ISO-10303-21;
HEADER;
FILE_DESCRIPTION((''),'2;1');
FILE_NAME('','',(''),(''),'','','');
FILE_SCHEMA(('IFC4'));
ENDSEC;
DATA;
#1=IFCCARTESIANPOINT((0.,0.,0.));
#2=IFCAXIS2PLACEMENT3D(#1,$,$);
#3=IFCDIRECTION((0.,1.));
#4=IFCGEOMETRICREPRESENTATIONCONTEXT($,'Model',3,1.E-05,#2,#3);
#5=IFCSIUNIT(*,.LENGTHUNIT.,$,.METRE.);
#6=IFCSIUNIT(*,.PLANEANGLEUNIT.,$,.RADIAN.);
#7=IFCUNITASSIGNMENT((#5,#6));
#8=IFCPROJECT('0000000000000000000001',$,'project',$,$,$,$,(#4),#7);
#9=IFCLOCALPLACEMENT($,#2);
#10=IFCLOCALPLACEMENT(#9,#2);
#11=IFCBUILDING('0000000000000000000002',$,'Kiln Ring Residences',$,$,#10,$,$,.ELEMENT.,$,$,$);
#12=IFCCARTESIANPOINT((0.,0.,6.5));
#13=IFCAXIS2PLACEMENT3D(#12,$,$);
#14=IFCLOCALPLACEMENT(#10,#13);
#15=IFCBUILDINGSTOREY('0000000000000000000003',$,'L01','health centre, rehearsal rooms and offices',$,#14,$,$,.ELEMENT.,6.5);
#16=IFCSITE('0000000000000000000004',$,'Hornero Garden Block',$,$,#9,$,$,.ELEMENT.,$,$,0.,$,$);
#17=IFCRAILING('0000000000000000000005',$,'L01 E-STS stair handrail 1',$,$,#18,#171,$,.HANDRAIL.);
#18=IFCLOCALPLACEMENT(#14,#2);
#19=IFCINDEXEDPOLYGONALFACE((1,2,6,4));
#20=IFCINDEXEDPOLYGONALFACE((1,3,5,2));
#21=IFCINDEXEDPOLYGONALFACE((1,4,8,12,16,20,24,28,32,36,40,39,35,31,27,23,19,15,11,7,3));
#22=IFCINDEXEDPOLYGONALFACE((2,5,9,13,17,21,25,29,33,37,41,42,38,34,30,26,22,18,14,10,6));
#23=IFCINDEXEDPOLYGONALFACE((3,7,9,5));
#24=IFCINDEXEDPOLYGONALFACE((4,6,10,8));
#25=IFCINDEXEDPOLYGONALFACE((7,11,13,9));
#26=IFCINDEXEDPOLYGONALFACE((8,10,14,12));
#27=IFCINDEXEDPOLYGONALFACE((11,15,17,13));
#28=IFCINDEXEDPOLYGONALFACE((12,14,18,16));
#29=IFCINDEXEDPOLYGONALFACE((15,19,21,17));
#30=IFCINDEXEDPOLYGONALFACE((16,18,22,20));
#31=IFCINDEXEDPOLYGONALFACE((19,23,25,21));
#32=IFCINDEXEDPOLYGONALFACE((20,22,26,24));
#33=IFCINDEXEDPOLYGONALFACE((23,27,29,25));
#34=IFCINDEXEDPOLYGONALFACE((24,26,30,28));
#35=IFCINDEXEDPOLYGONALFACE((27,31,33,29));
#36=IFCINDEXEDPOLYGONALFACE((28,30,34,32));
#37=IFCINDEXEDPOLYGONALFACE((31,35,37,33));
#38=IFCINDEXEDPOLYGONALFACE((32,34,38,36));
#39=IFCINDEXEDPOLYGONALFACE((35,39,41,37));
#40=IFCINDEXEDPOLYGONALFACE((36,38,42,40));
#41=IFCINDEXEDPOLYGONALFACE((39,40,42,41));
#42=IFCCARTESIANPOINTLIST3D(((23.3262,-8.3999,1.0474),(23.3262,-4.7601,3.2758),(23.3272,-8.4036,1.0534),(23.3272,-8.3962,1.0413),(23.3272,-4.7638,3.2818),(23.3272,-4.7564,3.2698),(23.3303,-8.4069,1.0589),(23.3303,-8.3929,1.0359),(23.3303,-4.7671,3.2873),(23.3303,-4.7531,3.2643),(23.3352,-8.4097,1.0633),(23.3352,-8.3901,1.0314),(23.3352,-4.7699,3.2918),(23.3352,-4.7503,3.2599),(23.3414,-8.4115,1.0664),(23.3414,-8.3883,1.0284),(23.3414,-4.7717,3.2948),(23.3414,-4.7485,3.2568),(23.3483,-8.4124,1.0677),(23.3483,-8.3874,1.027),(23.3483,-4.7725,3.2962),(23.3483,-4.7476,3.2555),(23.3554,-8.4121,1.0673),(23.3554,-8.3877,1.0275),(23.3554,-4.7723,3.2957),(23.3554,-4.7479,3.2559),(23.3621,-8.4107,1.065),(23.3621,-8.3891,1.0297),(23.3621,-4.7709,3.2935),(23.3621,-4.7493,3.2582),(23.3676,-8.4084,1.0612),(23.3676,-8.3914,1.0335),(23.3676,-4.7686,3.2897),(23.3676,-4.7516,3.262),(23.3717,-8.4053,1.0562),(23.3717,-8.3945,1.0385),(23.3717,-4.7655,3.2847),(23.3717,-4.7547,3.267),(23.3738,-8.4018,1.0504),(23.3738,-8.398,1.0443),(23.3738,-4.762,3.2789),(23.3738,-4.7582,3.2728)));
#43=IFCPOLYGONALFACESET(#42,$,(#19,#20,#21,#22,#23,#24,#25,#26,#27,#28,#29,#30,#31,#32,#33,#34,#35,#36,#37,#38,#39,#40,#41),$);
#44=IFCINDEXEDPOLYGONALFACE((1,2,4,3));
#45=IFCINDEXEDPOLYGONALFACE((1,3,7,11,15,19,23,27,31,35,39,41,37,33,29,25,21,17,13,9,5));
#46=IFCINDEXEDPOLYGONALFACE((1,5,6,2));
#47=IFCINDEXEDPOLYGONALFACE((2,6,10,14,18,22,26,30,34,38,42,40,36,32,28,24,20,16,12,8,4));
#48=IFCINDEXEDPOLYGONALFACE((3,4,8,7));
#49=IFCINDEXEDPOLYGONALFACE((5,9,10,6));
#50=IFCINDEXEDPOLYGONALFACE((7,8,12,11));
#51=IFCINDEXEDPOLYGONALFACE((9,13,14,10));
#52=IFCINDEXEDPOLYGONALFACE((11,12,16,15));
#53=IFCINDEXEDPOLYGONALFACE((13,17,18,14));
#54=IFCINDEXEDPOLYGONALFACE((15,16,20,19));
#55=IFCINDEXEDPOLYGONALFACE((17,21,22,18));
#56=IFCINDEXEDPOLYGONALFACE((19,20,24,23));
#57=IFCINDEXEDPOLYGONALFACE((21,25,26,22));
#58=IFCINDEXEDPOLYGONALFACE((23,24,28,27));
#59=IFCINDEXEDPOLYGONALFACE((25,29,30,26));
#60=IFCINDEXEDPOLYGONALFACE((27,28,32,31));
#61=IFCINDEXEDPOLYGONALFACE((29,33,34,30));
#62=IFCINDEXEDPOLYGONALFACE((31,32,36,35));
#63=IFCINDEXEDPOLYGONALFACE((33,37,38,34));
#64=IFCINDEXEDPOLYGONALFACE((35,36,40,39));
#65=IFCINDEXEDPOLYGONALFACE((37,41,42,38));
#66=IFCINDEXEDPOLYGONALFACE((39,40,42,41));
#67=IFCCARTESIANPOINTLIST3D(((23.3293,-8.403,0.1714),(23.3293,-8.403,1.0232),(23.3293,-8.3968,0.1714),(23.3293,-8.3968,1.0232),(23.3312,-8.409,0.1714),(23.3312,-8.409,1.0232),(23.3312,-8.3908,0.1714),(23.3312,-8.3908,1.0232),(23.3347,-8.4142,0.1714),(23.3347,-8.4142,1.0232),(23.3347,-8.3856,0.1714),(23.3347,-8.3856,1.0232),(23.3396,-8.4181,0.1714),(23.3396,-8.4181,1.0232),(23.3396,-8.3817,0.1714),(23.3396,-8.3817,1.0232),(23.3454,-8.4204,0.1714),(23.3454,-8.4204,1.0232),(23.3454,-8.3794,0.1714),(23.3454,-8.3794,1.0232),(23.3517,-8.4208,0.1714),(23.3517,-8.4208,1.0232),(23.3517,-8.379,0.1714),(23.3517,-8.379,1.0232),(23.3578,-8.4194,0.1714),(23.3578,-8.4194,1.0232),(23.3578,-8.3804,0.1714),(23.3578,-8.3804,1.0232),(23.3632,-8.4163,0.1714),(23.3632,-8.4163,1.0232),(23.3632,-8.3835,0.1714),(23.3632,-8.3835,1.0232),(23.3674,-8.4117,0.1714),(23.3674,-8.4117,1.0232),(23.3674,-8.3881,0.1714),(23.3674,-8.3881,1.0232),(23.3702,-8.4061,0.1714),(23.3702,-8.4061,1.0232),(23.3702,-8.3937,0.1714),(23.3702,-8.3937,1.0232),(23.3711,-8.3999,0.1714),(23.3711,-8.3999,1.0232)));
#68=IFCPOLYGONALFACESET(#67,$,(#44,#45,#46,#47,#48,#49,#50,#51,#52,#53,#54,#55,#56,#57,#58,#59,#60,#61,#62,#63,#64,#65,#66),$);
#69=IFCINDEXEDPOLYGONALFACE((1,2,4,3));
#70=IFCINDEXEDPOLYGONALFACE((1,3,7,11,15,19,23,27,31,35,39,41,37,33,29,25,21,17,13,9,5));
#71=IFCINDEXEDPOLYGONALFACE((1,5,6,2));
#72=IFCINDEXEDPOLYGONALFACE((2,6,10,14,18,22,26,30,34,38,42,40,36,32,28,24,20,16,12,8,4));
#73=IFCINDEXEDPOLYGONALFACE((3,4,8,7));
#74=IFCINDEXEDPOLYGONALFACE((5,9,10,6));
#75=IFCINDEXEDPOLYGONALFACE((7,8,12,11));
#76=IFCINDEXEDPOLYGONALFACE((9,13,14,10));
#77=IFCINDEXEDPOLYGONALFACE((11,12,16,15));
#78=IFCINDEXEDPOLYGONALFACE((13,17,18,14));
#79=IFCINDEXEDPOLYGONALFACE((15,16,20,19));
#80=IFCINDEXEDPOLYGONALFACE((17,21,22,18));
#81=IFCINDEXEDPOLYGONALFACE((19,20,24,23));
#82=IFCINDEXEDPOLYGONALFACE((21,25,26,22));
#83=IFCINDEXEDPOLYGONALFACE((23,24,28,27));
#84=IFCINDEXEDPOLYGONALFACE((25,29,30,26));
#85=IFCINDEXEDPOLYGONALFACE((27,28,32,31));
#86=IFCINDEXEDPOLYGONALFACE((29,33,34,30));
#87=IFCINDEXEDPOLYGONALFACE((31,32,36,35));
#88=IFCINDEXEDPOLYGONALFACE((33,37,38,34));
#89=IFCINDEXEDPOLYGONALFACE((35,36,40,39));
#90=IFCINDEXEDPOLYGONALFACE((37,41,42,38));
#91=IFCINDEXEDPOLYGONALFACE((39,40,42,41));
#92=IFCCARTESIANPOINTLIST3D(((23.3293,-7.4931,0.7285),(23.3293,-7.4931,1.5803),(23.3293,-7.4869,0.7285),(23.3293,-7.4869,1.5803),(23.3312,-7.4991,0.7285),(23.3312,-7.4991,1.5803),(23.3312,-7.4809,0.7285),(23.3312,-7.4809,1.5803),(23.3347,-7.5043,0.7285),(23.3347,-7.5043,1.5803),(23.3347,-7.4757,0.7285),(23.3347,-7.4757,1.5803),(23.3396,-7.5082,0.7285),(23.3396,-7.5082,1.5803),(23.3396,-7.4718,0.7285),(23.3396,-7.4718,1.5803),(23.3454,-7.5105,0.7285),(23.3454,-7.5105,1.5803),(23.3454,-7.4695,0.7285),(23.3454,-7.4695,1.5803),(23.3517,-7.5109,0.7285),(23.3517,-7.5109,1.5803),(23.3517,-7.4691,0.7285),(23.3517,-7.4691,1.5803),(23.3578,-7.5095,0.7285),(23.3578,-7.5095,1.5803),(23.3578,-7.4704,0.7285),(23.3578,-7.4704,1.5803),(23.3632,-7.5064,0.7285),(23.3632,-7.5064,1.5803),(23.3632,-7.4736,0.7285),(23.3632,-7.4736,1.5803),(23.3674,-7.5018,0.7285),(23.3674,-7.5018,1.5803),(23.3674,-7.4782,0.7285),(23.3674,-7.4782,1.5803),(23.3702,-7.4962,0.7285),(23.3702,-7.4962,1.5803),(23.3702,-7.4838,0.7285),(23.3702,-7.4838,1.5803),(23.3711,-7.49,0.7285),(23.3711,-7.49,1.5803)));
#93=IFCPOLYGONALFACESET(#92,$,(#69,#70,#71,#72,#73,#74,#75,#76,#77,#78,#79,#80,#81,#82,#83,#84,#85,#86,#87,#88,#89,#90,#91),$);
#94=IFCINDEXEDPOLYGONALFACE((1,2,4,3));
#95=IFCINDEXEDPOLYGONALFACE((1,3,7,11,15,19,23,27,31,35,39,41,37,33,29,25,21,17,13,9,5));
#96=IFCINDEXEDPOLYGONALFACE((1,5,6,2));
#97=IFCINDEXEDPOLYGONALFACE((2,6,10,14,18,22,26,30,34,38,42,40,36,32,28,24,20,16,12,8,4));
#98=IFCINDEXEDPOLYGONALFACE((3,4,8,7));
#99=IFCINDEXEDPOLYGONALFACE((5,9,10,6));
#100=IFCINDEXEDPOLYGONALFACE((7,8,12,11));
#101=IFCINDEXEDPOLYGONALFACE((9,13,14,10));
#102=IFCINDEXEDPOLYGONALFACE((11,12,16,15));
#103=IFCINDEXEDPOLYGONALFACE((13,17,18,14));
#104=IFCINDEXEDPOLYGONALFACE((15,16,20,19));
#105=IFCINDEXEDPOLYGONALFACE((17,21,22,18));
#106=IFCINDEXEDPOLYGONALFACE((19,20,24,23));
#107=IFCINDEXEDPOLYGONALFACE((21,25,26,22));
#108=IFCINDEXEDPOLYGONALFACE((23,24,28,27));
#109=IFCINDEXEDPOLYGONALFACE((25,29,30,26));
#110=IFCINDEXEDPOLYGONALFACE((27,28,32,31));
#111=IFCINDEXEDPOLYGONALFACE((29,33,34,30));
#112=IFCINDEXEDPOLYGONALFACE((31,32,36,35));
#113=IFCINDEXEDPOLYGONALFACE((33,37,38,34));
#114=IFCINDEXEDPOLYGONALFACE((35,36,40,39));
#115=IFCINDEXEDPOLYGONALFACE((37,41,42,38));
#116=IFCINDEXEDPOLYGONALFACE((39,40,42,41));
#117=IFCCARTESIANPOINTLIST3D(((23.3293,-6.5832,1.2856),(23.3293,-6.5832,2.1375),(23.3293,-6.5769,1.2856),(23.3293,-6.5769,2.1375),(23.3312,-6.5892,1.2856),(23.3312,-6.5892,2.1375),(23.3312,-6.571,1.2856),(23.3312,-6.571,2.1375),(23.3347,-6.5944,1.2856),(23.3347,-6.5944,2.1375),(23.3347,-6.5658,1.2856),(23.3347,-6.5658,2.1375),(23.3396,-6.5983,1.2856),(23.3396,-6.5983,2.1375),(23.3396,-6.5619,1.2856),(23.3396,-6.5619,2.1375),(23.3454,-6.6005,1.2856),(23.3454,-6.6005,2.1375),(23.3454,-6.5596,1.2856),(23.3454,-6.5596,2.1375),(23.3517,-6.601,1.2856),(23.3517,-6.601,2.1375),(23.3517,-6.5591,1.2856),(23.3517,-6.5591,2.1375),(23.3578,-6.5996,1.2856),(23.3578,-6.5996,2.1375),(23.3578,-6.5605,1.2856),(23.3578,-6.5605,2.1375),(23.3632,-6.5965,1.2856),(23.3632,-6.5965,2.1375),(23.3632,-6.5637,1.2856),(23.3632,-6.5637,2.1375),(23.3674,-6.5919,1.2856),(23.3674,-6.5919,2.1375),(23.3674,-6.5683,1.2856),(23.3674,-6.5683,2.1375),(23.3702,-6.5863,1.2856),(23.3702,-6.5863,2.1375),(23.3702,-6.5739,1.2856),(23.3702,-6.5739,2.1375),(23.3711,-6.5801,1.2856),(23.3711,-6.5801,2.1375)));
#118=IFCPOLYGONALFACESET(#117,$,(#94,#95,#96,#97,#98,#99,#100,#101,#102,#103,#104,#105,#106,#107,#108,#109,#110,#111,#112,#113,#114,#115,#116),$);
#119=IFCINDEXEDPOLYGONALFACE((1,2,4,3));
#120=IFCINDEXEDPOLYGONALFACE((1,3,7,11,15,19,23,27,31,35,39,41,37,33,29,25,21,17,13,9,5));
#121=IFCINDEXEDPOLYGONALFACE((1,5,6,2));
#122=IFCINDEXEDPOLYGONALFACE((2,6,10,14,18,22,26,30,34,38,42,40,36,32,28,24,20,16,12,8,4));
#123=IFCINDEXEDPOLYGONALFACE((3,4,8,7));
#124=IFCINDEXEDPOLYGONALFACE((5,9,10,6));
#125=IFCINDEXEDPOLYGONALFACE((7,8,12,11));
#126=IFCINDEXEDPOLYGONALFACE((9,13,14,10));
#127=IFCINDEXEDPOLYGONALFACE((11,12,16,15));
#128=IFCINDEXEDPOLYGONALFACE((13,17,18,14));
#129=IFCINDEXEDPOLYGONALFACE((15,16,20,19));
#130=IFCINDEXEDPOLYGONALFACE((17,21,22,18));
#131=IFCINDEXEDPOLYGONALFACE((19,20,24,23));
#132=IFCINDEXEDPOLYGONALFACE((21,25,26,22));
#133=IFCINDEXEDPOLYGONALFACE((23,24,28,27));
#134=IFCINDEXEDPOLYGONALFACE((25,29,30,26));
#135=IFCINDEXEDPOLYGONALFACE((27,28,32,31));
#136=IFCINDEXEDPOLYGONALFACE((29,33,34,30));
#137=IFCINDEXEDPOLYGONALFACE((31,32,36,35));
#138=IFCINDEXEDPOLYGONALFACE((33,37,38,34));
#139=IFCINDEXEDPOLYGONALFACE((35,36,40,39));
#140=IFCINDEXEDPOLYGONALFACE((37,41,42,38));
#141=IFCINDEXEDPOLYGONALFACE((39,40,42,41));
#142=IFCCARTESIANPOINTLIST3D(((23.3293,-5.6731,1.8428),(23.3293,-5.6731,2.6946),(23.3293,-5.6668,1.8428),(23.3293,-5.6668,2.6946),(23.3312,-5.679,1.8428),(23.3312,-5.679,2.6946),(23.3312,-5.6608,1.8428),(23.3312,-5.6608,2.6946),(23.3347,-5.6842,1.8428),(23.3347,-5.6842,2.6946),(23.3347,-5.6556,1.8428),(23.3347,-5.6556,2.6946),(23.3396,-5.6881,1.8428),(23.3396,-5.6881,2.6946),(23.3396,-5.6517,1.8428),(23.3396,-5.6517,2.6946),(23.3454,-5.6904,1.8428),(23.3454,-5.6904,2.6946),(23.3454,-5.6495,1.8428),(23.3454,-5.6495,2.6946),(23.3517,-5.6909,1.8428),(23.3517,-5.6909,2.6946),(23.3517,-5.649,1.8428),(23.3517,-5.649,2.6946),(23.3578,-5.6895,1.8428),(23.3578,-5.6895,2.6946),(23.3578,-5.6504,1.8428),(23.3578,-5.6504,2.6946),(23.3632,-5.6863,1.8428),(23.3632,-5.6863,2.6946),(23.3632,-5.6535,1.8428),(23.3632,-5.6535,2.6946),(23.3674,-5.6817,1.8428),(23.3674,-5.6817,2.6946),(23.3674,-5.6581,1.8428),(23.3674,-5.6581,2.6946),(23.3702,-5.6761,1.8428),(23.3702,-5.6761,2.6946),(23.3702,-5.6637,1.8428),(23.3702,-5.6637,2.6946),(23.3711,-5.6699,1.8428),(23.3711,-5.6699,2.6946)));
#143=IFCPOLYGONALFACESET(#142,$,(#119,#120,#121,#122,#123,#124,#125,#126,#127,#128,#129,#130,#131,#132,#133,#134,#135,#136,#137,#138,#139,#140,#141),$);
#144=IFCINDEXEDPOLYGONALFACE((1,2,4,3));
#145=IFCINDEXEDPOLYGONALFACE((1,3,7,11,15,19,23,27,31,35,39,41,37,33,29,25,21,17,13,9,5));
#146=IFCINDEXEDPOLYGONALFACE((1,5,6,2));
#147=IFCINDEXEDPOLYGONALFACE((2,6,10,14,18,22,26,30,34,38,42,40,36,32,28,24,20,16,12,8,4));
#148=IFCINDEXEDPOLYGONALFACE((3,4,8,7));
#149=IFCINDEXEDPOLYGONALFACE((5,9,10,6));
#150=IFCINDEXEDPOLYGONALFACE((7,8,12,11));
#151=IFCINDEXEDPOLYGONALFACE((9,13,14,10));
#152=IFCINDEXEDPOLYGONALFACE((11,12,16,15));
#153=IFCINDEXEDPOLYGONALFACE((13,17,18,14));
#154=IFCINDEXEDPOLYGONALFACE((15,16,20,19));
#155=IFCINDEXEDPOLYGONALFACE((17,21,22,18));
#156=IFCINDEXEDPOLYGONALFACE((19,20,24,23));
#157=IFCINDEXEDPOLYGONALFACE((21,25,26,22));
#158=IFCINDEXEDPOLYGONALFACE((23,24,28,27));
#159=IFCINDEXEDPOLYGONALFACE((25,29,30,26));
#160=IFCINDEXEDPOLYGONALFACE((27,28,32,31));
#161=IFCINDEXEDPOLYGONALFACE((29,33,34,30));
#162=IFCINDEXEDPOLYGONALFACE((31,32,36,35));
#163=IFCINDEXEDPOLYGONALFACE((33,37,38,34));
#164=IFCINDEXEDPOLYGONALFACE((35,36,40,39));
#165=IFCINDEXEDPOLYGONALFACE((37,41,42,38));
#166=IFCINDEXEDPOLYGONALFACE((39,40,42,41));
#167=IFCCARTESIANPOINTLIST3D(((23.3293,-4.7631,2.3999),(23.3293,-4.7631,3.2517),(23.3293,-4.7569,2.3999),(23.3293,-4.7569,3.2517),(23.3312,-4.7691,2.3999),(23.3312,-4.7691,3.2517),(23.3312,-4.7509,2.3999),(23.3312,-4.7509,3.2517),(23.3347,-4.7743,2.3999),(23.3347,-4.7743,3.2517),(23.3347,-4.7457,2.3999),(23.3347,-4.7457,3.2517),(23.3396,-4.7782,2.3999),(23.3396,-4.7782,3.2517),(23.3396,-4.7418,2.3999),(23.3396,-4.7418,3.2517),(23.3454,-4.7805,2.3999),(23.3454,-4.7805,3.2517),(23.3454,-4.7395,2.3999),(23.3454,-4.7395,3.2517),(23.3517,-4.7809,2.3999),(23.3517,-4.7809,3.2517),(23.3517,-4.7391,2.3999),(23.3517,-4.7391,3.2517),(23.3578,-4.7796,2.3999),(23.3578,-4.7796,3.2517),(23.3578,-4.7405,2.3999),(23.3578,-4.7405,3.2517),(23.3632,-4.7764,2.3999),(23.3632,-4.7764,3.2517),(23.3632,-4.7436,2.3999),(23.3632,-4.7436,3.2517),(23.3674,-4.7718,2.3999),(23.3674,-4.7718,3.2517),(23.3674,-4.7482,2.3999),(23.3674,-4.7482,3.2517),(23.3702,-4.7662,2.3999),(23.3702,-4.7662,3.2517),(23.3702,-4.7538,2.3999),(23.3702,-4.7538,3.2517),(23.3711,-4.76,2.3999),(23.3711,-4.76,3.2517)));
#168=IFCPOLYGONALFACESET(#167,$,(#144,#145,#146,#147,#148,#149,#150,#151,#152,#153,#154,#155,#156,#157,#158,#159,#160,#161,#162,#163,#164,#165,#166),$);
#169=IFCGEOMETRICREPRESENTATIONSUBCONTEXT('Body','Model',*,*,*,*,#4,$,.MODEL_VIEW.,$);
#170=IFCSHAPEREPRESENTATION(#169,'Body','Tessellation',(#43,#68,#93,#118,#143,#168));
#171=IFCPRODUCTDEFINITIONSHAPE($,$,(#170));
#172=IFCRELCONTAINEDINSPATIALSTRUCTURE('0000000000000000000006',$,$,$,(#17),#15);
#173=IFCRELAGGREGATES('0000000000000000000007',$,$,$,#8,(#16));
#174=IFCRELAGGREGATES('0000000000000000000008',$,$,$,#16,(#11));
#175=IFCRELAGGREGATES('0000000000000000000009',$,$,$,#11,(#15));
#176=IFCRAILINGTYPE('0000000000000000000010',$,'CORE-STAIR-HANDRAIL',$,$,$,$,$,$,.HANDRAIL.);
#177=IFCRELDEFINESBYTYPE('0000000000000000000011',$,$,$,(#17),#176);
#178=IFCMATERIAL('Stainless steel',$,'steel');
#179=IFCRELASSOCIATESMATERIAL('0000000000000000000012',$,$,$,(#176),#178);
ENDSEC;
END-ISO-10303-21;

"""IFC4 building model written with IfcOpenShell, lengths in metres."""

from ifc_helpers import new_model, si_unit, direction, frame, origin, origin_2d, place, context, subcontext, project, spatial, circle, extrude, material, type_object, element, save


model = new_model("IFC4")

# Units and contexts
model_context = context("Model", 3, precision=1e-05, world=origin(), true_north=direction((0.0, 1.0)))
body_context = subcontext(model_context, "Body", "Model", "MODEL_VIEW")
ifc_project = project(units=[si_unit("LENGTHUNIT", "METRE"), si_unit("PLANEANGLEUNIT", "RADIAN")], contexts=[model_context])

# Site, building, storey
site_placement = place(None, origin())
site = spatial("IfcSite", under=ifc_project, at=site_placement, Name="Hornero Garden Block", CompositionType="ELEMENT", RefElevation=0.0)
building_placement = place(site_placement, origin())
building = spatial("IfcBuilding", under=site, at=building_placement, Name="Kiln Ring Residences", CompositionType="ELEMENT")
storey_placement = place(building_placement, frame((0.0, 0.0, 6.5)))
storey = spatial("IfcBuildingStorey", under=building, at=storey_placement, Name="L01", Description="health centre, rehearsal rooms and offices", CompositionType="ELEMENT", Elevation=6.5)

# Railing
ifc_material_1 = material(Name="Stainless steel", Category="steel")
railing_type_1 = type_object("IfcRailingType", Name="CORE-STAIR-HANDRAIL", PredefinedType="HANDRAIL", material=ifc_material_1)
railing_1_placement = place(storey_placement, frame((23.3501, -8.3999, 0.1714)))
element("IfcRailing", 1, at=railing_1_placement, inside=storey, type_object=railing_type_1, Name="L01 E-STS stair handrail 1", PredefinedType="HANDRAIL", context=body_context, shape_type="SweptSolid", body=[
    extrude(circle(Radius=0.0239, at=origin_2d()), frame((0.0, 0.0, 0.876), z_axis=(0.0, 0.85285, 0.522156), x_axis=(-1.0, 0.0, 0.0)), (0.0, 0.0, 1.0), 4.2678),
    extrude(circle(Radius=0.021, at=origin_2d()), origin(), (0.0, 0.0, 1.0), 0.8518),
    extrude(circle(Radius=0.021, at=origin_2d()), frame((0.0, 0.9099, 0.5571)), (0.0, 0.0, 1.0), 0.8518),
    extrude(circle(Radius=0.021, at=origin_2d()), frame((0.0, 1.8198, 1.1143)), (0.0, 0.0, 1.0), 0.8518),
    extrude(circle(Radius=0.021, at=origin_2d()), frame((0.0, 2.73, 1.6714)), (0.0, 0.0, 1.0), 0.8518),
    extrude(circle(Radius=0.021, at=origin_2d()), frame((0.0, 3.6399, 2.2285)), (0.0, 0.0, 1.0), 0.8518),
])

save(model, "model.ifc")
